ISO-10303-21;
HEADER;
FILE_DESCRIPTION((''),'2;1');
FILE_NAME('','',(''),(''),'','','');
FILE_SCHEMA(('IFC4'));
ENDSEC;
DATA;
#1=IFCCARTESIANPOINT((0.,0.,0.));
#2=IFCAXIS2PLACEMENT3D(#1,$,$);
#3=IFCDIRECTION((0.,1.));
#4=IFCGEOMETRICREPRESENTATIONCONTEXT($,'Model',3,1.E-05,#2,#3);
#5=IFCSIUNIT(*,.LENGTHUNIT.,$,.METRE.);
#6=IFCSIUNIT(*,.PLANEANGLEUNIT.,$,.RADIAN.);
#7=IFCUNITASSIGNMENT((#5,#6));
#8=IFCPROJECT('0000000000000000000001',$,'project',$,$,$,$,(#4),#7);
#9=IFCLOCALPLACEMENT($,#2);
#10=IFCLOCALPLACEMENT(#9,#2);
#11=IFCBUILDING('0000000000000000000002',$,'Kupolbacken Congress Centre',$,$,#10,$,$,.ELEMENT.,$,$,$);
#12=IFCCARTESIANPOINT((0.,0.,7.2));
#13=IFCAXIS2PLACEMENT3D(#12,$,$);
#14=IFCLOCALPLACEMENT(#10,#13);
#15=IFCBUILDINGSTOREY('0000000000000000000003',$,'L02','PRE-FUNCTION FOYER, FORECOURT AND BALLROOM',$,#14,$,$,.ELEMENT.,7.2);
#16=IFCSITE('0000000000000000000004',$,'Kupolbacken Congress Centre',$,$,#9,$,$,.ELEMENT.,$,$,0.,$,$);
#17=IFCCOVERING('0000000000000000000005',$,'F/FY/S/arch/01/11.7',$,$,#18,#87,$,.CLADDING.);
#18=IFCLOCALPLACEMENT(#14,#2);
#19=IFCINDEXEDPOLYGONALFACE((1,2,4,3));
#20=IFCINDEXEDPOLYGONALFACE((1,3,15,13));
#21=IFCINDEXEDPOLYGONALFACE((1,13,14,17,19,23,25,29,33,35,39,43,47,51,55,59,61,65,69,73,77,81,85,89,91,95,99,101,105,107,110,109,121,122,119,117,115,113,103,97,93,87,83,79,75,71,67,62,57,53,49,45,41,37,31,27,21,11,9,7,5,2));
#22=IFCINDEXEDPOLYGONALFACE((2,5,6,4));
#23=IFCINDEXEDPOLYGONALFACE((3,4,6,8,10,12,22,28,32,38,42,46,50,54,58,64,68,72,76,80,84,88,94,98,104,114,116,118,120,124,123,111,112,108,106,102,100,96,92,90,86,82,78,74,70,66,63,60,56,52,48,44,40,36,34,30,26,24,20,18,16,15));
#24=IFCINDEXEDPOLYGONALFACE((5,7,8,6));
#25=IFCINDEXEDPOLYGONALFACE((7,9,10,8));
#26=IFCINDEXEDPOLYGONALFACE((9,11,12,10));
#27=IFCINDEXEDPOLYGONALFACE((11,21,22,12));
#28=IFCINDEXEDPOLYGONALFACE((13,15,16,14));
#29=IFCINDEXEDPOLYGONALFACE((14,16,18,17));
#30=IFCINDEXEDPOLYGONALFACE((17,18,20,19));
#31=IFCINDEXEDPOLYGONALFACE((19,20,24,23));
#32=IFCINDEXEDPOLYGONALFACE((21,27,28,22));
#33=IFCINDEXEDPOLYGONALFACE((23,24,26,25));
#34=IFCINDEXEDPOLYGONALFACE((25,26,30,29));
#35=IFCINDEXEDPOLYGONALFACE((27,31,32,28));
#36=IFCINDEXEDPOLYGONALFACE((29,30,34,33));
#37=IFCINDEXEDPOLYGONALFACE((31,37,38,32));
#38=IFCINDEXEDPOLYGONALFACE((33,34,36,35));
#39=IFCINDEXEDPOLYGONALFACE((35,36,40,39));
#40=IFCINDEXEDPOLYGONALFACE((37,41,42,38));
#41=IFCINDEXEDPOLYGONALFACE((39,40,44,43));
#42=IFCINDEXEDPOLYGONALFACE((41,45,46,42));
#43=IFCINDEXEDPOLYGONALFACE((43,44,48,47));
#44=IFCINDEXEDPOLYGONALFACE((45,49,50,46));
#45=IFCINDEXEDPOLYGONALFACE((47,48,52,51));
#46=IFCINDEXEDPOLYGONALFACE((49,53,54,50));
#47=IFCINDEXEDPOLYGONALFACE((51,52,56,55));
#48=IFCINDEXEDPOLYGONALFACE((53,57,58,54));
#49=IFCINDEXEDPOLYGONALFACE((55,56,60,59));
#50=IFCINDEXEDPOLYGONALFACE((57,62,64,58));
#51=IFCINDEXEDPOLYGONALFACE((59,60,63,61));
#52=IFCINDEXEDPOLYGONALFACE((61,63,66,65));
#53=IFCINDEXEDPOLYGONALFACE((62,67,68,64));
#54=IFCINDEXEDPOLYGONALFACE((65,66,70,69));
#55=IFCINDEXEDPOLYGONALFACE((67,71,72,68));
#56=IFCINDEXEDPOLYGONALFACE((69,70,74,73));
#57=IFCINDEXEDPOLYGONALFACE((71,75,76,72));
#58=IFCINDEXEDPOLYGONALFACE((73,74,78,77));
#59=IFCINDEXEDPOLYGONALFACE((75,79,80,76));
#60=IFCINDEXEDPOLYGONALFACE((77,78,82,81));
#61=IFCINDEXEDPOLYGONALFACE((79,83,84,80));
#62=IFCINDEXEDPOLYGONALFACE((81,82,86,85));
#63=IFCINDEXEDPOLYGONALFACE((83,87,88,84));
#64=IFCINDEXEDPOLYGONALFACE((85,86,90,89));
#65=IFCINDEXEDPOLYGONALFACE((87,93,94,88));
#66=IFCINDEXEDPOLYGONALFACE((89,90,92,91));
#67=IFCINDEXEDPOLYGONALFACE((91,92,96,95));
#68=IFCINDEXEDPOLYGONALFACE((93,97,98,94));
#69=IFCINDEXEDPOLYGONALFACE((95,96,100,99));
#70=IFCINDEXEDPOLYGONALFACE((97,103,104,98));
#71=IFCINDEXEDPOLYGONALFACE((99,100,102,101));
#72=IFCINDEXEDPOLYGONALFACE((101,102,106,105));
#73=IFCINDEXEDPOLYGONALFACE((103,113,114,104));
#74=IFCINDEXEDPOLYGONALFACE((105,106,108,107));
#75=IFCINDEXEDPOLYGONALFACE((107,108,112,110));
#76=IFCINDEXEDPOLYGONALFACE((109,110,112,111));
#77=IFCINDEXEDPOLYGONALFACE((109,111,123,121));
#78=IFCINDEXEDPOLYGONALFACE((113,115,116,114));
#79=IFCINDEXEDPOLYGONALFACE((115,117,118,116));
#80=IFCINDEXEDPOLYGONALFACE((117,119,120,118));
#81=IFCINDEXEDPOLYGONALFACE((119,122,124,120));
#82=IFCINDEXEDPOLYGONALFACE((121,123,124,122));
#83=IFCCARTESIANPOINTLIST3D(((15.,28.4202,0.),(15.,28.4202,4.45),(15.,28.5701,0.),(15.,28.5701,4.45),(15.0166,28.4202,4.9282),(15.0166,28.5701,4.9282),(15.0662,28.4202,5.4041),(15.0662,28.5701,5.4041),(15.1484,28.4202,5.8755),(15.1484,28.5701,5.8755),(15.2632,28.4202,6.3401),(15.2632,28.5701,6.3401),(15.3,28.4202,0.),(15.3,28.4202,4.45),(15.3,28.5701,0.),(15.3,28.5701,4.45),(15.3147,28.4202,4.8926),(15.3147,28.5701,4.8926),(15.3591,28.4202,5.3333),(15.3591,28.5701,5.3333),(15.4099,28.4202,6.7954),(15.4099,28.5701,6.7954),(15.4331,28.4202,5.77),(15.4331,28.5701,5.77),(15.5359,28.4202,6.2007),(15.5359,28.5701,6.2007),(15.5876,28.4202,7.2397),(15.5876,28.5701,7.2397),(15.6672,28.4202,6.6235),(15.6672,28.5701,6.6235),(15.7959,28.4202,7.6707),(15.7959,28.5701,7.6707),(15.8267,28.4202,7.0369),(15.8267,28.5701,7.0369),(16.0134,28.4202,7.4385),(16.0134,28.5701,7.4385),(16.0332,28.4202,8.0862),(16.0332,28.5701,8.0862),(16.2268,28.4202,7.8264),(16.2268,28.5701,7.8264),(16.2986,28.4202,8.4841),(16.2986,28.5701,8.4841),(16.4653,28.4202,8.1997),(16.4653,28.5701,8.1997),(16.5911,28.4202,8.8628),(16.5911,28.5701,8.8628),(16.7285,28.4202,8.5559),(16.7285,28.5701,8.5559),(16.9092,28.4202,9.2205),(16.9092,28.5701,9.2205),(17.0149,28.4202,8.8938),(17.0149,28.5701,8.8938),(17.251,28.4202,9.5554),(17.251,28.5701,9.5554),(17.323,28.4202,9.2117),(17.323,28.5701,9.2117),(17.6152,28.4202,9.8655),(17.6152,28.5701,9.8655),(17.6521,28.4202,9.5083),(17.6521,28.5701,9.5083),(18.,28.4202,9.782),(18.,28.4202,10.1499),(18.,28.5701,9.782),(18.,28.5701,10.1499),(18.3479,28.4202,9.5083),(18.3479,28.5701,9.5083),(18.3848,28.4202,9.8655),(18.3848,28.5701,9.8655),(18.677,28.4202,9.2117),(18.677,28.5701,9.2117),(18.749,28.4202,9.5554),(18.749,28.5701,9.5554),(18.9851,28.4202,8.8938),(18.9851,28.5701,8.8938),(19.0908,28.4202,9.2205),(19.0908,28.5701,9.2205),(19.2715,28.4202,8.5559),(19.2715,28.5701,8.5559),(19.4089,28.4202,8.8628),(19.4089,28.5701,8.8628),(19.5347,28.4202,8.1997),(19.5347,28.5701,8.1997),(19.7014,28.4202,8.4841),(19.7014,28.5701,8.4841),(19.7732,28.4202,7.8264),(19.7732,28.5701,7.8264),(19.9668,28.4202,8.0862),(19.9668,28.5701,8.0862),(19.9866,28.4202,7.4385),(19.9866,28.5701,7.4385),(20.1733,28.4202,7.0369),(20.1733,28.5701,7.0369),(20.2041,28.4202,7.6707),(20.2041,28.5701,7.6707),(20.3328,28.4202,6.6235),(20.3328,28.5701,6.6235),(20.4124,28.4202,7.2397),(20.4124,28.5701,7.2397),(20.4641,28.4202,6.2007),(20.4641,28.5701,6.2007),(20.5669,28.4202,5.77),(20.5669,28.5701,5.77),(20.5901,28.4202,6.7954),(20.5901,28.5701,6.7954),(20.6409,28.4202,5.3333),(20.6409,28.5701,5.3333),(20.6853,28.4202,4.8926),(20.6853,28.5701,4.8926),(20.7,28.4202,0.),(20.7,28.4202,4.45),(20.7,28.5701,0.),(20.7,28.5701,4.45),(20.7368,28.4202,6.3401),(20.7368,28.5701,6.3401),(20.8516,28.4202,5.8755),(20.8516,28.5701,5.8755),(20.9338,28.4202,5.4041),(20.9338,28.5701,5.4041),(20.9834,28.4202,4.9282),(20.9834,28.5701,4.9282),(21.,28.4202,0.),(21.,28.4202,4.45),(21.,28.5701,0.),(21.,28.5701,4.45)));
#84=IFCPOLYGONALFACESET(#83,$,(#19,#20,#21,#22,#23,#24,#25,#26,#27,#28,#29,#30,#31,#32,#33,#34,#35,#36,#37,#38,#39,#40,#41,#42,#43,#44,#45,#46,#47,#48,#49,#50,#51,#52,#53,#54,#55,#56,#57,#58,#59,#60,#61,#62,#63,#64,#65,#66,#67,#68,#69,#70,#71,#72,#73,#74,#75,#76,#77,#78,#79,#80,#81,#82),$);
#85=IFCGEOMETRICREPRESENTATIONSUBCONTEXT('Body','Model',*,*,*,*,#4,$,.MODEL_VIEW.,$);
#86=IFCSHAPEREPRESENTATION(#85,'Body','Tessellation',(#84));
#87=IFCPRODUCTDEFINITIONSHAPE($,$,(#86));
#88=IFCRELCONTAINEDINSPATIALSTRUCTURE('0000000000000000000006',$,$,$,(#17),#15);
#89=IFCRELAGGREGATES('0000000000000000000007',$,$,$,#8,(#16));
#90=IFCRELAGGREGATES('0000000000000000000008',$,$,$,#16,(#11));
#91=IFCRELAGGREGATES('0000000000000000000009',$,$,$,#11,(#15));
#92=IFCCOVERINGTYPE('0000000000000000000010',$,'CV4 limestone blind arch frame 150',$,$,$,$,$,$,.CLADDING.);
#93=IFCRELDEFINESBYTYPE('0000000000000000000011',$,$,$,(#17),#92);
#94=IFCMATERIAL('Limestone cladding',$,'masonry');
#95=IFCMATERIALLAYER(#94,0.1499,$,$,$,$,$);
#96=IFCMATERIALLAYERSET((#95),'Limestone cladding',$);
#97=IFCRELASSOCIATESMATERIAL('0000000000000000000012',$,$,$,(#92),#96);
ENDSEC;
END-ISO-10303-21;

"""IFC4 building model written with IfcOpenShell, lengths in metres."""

from ifc_helpers import new_model, si_unit, direction, frame, origin, place, context, subcontext, project, spatial, polyline, outline, extrude, material, layer, layer_set, type_object, element, save


model = new_model("IFC4")

# Units and contexts
model_context = context("Model", 3, precision=1e-05, world=origin(), true_north=direction((0.0, 1.0)))
body_context = subcontext(model_context, "Body", "Model", "MODEL_VIEW")
ifc_project = project(units=[si_unit("LENGTHUNIT", "METRE"), si_unit("PLANEANGLEUNIT", "RADIAN")], contexts=[model_context])

# Site, building, storey
site_placement = place(None, origin())
site = spatial("IfcSite", under=ifc_project, at=site_placement, Name="Kupolbacken Congress Centre", CompositionType="ELEMENT", RefElevation=0.0)
building_placement = place(site_placement, origin())
building = spatial("IfcBuilding", under=site, at=building_placement, Name="Kupolbacken Congress Centre", CompositionType="ELEMENT")
storey_placement = place(building_placement, frame((0.0, 0.0, 7.2)))
storey = spatial("IfcBuildingStorey", under=building, at=storey_placement, Name="L02", Description="PRE-FUNCTION FOYER, FORECOURT AND BALLROOM", CompositionType="ELEMENT", Elevation=7.2)

# Covering
ifc_material_1 = material(Name="Limestone cladding", Category="masonry")
ifc_layer_1 = layer(ifc_material_1, 0.1499)
ifc_layer_set_1 = layer_set([ifc_layer_1], Name="Limestone cladding")
covering_type_1 = type_object("IfcCoveringType", Name="CV4 limestone blind arch frame 150", PredefinedType="CLADDING", material=ifc_layer_set_1)
covering_1_placement = place(storey_placement, frame((15.0, 28.5701, 0.0), z_axis=(0.0, -1.0, 0.0), x_axis=(1.0, 0.0, 0.0)))
element("IfcCovering", 1, at=covering_1_placement, inside=storey, type_object=covering_type_1, Name="F/FY/S/arch/01/11.7", PredefinedType="CLADDING", context=body_context, shape_type="SweptSolid", body=[
    extrude(outline(polyline([(0.0, 0.0), (0.0, 4.45), (0.0166, 4.9282), (0.0662, 5.4041), (0.1484, 5.8755), (0.2632, 6.3401), (0.4099, 6.7954), (0.5876, 7.2397), (0.7959, 7.6707), (1.0332, 8.0862), (1.2986, 8.4841), (1.5911, 8.8628), (1.9092, 9.2205), (2.251, 9.5554), (2.6152, 9.8655), (3.0, 10.1499), (3.3848, 9.8655), (3.749, 9.5554), (4.0908, 9.2205), (4.4089, 8.8628), (4.7014, 8.4841), (4.9668, 8.0862), (5.2041, 7.6707), (5.4124, 7.2397), (5.5901, 6.7954), (5.7368, 6.3401), (5.8516, 5.8755), (5.9338, 5.4041), (5.9834, 4.9282), (6.0, 4.45), (6.0, 0.0), (5.7, 0.0), (5.7, 4.45), (5.6853, 4.8926), (5.6409, 5.3333), (5.5669, 5.77), (5.4641, 6.2007), (5.3328, 6.6235), (5.1733, 7.0369), (4.9866, 7.4385), (4.7732, 7.8264), (4.5347, 8.1997), (4.2715, 8.5559), (3.9851, 8.8938), (3.677, 9.2117), (3.3479, 9.5083), (3.0, 9.782), (2.6521, 9.5083), (2.323, 9.2117), (2.0149, 8.8938), (1.7285, 8.5559), (1.4653, 8.1997), (1.2268, 7.8264), (1.0134, 7.4385), (0.8267, 7.0369), (0.6672, 6.6235), (0.5359, 6.2007), (0.4331, 5.77), (0.3591, 5.3333), (0.3147, 4.8926), (0.3, 4.45), (0.3, 0.0), (0.0, 0.0)])), origin(), (0.0, 0.0, 1.0), 0.1499),
])

save(model, "model.ifc")
